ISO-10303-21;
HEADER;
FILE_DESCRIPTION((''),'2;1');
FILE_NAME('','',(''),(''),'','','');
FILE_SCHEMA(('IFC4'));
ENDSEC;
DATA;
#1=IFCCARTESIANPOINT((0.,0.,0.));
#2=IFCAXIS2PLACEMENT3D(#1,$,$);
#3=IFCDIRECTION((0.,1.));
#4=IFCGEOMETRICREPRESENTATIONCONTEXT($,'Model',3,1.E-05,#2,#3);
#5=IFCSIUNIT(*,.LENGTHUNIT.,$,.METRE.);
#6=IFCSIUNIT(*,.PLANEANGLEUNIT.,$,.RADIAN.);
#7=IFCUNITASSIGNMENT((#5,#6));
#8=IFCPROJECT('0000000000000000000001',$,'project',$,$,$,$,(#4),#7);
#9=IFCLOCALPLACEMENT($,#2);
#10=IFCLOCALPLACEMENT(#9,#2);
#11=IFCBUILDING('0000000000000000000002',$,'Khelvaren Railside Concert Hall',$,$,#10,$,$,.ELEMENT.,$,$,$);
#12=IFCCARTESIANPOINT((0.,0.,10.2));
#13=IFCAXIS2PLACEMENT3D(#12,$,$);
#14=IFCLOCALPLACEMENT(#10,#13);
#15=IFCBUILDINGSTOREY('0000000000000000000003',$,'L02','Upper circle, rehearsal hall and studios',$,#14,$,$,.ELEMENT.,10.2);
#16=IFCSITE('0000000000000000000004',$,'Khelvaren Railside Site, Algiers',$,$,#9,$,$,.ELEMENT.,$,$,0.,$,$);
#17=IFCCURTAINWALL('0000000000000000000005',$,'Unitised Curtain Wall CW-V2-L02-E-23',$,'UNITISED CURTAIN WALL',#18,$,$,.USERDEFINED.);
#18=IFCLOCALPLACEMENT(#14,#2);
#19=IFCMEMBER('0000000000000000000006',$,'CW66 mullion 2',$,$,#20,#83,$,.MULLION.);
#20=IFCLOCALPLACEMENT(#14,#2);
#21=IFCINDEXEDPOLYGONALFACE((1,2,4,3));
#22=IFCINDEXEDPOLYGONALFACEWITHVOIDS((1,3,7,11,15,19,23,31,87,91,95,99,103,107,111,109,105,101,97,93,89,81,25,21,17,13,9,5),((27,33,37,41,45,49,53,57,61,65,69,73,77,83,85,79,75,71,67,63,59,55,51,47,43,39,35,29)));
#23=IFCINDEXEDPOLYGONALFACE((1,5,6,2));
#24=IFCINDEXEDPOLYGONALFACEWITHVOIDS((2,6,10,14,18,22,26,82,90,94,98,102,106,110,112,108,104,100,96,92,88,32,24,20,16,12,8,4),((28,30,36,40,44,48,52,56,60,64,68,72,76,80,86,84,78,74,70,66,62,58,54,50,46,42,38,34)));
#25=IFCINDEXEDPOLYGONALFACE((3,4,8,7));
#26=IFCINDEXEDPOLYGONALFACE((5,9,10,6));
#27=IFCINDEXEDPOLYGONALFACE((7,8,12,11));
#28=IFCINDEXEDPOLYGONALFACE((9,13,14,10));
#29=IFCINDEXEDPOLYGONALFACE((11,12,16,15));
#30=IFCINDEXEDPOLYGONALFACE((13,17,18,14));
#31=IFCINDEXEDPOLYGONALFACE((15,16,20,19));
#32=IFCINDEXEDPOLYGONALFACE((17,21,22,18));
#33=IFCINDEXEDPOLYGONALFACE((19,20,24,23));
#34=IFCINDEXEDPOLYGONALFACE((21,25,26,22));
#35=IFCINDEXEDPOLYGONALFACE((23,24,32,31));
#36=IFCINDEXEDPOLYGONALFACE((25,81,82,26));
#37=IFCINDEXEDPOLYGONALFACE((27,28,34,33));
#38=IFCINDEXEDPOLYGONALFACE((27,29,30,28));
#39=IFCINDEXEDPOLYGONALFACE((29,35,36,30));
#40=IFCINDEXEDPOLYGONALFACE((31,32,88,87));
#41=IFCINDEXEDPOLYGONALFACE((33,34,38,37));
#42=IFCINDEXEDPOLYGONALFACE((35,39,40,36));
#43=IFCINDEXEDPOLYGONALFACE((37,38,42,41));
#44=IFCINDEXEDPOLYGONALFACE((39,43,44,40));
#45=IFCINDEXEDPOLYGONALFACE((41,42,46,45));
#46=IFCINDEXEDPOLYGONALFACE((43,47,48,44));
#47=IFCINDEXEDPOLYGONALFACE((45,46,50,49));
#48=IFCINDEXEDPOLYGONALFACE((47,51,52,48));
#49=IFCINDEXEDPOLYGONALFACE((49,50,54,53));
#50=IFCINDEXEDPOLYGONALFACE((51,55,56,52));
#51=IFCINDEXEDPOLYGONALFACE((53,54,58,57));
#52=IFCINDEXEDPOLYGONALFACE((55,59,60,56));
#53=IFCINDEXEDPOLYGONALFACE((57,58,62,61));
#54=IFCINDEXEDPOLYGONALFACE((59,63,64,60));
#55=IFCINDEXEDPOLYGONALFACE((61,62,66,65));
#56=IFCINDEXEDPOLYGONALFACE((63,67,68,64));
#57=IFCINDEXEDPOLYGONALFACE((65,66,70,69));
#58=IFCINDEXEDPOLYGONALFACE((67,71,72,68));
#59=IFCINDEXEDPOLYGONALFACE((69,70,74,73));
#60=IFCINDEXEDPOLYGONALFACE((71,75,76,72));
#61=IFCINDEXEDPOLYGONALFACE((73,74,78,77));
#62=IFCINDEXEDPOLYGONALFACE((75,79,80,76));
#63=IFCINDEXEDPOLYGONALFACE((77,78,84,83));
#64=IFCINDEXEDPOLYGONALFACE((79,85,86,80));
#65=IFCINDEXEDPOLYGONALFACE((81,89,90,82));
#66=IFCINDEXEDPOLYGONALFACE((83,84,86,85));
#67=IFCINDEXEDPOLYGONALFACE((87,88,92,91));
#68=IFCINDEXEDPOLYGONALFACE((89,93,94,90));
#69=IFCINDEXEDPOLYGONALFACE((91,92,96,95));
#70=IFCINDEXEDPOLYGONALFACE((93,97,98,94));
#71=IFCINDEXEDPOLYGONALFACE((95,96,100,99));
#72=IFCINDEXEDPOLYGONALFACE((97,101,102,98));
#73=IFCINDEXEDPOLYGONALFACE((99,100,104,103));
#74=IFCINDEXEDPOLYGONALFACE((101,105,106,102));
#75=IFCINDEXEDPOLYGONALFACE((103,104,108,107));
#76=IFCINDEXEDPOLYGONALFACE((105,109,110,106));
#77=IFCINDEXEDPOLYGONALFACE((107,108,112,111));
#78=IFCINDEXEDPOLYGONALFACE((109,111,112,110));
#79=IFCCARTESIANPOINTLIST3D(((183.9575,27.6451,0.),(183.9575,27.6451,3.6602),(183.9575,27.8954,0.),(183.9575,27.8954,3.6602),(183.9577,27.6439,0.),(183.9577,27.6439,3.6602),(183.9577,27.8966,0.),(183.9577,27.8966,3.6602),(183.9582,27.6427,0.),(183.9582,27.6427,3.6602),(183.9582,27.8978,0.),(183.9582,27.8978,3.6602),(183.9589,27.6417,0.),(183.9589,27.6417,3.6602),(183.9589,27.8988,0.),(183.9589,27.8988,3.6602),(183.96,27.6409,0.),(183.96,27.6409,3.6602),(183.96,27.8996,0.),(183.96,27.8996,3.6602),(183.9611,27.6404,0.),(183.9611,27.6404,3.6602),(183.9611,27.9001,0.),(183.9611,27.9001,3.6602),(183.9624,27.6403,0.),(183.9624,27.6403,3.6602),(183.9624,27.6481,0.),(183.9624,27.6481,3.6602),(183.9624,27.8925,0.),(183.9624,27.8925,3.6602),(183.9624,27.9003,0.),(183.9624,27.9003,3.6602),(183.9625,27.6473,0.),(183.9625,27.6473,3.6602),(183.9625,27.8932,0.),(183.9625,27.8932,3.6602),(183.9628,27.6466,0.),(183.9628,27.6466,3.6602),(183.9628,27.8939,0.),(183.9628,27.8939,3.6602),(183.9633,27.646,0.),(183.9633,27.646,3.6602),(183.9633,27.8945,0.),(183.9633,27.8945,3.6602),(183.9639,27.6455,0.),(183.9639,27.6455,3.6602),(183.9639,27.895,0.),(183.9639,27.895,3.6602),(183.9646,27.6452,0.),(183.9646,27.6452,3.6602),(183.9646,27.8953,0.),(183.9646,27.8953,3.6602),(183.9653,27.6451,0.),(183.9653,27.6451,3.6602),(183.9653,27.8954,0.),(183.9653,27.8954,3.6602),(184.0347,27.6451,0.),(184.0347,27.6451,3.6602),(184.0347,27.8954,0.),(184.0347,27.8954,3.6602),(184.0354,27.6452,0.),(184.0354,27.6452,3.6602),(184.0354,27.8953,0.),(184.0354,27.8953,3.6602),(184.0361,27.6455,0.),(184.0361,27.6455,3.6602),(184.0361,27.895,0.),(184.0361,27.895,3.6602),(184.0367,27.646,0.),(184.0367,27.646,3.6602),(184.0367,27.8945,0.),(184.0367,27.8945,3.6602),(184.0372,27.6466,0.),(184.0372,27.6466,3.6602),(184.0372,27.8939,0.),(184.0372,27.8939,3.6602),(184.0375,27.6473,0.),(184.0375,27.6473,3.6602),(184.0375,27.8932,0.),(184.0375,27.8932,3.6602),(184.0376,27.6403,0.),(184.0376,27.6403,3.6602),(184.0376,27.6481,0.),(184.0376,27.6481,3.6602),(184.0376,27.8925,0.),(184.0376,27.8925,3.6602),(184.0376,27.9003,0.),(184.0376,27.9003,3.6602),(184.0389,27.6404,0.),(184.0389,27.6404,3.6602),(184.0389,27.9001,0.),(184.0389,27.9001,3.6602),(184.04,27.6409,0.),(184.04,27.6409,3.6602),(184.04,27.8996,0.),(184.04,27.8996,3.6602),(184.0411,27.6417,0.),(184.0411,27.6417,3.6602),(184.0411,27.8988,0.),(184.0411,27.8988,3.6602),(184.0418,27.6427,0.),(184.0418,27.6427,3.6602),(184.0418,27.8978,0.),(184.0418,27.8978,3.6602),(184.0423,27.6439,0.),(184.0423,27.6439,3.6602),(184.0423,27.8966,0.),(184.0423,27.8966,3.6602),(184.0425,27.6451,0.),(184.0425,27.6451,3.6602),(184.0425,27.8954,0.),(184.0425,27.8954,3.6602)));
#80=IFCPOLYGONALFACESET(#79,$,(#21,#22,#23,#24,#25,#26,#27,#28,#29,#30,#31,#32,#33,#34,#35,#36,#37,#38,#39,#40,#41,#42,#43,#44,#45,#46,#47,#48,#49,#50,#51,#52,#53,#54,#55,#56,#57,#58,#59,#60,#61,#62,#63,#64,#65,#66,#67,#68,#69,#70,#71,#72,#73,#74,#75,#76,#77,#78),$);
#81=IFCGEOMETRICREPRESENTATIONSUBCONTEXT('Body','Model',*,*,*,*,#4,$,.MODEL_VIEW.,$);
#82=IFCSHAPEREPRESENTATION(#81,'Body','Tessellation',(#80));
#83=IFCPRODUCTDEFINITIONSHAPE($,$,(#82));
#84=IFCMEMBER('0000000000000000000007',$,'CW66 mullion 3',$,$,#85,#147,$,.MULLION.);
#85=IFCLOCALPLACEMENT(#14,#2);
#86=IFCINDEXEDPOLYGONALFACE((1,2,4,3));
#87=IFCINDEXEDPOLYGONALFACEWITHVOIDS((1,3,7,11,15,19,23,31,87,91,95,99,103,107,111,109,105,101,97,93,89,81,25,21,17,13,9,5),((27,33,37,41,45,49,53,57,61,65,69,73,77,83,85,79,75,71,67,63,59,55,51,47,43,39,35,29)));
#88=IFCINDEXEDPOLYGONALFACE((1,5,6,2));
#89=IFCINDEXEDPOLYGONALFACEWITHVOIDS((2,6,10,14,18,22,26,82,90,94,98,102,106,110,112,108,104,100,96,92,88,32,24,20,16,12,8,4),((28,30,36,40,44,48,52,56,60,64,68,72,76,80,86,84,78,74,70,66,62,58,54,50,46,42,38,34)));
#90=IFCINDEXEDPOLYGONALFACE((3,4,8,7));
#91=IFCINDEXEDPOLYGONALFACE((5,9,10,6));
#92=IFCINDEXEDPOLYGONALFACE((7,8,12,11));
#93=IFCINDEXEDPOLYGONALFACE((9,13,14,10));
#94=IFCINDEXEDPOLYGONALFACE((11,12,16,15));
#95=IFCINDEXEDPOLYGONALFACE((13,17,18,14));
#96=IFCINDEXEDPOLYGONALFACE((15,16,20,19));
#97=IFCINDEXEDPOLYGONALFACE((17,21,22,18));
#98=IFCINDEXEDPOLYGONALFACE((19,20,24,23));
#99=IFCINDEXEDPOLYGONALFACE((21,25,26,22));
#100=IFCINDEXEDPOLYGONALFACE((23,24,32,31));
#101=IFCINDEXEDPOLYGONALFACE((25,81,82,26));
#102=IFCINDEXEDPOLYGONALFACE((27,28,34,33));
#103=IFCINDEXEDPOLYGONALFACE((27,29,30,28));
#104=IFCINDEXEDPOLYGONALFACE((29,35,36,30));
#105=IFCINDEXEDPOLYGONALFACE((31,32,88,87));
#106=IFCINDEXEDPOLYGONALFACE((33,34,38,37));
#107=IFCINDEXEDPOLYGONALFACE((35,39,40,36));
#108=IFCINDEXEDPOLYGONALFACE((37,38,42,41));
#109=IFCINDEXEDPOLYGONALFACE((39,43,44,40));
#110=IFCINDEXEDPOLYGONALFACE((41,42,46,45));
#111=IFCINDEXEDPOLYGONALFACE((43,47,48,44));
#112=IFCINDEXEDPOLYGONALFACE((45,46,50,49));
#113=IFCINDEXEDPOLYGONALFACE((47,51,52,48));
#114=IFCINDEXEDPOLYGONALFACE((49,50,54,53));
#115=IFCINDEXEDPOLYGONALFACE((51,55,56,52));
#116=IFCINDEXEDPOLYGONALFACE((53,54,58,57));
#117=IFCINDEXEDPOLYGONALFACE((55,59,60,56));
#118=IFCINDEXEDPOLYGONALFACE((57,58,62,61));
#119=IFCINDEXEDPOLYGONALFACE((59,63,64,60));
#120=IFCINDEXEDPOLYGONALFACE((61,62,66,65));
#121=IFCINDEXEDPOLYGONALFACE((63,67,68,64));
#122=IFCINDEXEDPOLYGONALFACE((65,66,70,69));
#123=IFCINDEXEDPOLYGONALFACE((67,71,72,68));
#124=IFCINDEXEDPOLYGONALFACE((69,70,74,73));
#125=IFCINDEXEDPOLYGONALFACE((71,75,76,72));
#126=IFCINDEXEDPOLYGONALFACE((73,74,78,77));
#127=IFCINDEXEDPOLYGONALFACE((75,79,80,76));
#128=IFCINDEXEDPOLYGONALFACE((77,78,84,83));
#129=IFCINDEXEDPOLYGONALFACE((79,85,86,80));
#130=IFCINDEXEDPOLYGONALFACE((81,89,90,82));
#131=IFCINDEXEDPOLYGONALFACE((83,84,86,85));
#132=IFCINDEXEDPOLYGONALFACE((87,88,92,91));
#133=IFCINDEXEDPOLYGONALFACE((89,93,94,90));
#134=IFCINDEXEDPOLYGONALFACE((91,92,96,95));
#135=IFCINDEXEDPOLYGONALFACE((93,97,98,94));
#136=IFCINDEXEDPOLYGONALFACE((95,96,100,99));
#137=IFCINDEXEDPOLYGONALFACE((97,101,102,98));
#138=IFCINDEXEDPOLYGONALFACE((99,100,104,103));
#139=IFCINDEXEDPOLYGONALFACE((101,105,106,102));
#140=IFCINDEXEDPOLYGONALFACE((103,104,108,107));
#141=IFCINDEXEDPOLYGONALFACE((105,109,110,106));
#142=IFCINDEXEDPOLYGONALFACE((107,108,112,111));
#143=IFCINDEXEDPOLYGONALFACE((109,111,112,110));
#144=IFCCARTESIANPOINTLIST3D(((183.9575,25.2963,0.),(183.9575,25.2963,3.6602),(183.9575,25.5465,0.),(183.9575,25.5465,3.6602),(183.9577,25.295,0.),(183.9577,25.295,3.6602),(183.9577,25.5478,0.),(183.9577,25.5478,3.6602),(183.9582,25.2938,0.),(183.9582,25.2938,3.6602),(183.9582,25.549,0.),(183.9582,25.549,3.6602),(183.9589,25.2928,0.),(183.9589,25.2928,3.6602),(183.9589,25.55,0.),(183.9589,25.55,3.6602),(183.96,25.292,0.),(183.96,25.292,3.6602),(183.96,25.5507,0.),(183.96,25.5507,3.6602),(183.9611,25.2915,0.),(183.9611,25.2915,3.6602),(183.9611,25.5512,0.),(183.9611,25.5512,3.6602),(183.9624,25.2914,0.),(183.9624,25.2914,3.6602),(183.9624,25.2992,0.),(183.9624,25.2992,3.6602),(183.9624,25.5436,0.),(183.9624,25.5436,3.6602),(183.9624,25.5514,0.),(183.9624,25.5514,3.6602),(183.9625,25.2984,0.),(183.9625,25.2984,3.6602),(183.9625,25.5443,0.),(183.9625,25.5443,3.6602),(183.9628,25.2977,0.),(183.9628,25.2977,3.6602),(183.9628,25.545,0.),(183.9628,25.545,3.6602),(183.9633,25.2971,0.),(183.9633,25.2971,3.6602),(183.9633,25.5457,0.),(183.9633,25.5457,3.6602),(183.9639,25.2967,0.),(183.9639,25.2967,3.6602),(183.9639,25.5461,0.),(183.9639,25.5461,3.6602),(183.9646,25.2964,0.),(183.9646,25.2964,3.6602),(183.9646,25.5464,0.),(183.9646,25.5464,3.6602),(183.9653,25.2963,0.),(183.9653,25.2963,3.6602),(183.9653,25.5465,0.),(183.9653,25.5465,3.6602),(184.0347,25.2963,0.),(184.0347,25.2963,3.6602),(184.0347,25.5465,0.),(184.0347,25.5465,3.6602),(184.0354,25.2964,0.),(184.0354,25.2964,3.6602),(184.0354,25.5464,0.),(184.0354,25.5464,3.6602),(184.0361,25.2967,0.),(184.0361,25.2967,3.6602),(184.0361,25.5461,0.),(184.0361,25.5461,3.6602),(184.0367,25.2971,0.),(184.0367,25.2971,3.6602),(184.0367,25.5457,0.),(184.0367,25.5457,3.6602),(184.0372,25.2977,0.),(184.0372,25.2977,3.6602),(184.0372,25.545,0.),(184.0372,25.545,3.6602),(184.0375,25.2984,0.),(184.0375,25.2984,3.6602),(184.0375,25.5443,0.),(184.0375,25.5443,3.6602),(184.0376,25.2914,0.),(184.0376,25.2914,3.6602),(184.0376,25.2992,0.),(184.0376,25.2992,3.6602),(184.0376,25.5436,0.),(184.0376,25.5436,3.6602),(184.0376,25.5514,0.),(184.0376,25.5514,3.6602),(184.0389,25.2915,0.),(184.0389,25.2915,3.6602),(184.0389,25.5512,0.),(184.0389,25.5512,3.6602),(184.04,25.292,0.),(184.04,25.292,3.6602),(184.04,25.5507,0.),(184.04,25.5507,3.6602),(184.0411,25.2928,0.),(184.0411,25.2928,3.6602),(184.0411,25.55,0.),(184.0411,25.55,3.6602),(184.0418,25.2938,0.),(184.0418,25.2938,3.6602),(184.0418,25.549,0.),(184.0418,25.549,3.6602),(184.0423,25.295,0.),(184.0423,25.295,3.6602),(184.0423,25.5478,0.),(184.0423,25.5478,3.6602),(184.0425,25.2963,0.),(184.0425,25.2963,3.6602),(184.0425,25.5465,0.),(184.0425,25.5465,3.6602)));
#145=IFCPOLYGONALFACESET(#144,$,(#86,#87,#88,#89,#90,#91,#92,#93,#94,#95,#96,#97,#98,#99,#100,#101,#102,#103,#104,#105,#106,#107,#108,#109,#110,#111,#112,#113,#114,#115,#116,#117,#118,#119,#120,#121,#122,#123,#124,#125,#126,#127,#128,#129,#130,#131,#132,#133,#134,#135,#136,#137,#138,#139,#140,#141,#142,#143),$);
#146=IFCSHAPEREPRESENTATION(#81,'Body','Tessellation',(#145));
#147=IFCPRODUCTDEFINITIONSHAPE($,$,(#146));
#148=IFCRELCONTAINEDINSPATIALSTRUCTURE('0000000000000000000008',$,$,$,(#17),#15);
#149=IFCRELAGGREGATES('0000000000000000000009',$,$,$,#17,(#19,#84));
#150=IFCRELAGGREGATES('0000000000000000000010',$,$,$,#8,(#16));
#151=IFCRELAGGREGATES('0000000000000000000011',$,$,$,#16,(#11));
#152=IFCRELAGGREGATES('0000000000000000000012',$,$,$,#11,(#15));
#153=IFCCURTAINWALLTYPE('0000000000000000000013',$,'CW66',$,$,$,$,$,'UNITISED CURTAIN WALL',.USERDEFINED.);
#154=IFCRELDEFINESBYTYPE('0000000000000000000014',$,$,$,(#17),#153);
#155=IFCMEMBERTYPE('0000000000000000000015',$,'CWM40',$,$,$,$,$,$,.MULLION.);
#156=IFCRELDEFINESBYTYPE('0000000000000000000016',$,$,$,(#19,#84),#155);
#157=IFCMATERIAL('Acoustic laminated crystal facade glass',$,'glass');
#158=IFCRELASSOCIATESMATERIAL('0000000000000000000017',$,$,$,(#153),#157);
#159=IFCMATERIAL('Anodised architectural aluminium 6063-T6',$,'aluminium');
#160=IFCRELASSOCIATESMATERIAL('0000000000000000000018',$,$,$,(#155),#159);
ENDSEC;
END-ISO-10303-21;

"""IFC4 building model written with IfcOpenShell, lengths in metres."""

from ifc_helpers import new_model, si_unit, direction, frame, origin, origin_2d, place, context, subcontext, project, spatial, hollow_rectangle, extrude, material, material_profile, profile_set, type_object, element, aggregate, save


model = new_model("IFC4")

# Units and contexts
model_context = context("Model", 3, precision=1e-05, world=origin(), true_north=direction((0.0, 1.0)))
body_context = subcontext(model_context, "Body", "Model", "MODEL_VIEW")
ifc_project = project(units=[si_unit("LENGTHUNIT", "METRE"), si_unit("PLANEANGLEUNIT", "RADIAN")], contexts=[model_context])

# Site, building, storey
site_placement = place(None, origin())
site = spatial("IfcSite", under=ifc_project, at=site_placement, Name="Khelvaren Railside Site, Algiers", CompositionType="ELEMENT", RefElevation=0.0)
building_placement = place(site_placement, origin())
building = spatial("IfcBuilding", under=site, at=building_placement, Name="Khelvaren Railside Concert Hall", CompositionType="ELEMENT")
storey_placement = place(building_placement, frame((0.0, 0.0, 10.2)))
storey = spatial("IfcBuildingStorey", under=building, at=storey_placement, Name="L02", Description="Upper circle, rehearsal hall and studios", CompositionType="ELEMENT", Elevation=10.2)

# Curtain wall, members
ifc_material_1 = material(Name="Acoustic laminated crystal facade glass", Category="glass")
curtain_wall_type = type_object("IfcCurtainWallType", Name="CW66", ElementType="UNITISED CURTAIN WALL", PredefinedType="USERDEFINED", material=ifc_material_1)
curtain_wall_placement = place(storey_placement, origin())
curtain_wall = element("IfcCurtainWall", 1, at=curtain_wall_placement, inside=storey, type_object=curtain_wall_type, Name="Unitised Curtain Wall CW-V2-L02-E-23", ObjectType="UNITISED CURTAIN WALL", PredefinedType="USERDEFINED")
ifc_material_2 = material(Name="Anodised architectural aluminium 6063-T6", Category="aluminium")
ifc_material_profile_1 = material_profile(ifc_material_2, hollow_rectangle(XDim=0.085, YDim=0.26, WallThickness=0.0049, InnerFilletRadius=0.0029, OuterFilletRadius=0.0049, at=origin_2d()), Name="CWM 85x260x5")
ifc_profile_set_1 = profile_set([ifc_material_profile_1], Name="Anodised architectural aluminium 6063-T6")
member_type_1 = type_object("IfcMemberType", Name="CWM40", PredefinedType="MULLION", material=ifc_profile_set_1)
member_1_placement = place(storey_placement, frame((184.0, 27.7703, 0.0), z_axis=(0.0, 0.0, 1.0), x_axis=(1.0, 0.0, 0.0)))
member_1 = element("IfcMember", 2, at=member_1_placement, type_object=member_type_1, Name="CW66 mullion 2", PredefinedType="MULLION", context=body_context, shape_type="SweptSolid", body=[
    extrude(hollow_rectangle(XDim=0.085, YDim=0.26, WallThickness=0.0049, InnerFilletRadius=0.0029, OuterFilletRadius=0.0049, at=origin_2d()), origin(), (0.0, 0.0, 1.0), 3.6602),
])
member_2_placement = place(storey_placement, frame((184.0, 25.4214, 0.0), z_axis=(0.0, 0.0, 1.0), x_axis=(1.0, 0.0, 0.0)))
member_2 = element("IfcMember", 3, at=member_2_placement, type_object=member_type_1, Name="CW66 mullion 3", PredefinedType="MULLION", context=body_context, shape_type="SweptSolid", body=[
    extrude(hollow_rectangle(XDim=0.085, YDim=0.26, WallThickness=0.0049, InnerFilletRadius=0.0029, OuterFilletRadius=0.0049, at=origin_2d()), origin(), (0.0, 0.0, 1.0), 3.6602),
])

aggregate(curtain_wall, [member_1, member_2])

save(model, "model.ifc")
